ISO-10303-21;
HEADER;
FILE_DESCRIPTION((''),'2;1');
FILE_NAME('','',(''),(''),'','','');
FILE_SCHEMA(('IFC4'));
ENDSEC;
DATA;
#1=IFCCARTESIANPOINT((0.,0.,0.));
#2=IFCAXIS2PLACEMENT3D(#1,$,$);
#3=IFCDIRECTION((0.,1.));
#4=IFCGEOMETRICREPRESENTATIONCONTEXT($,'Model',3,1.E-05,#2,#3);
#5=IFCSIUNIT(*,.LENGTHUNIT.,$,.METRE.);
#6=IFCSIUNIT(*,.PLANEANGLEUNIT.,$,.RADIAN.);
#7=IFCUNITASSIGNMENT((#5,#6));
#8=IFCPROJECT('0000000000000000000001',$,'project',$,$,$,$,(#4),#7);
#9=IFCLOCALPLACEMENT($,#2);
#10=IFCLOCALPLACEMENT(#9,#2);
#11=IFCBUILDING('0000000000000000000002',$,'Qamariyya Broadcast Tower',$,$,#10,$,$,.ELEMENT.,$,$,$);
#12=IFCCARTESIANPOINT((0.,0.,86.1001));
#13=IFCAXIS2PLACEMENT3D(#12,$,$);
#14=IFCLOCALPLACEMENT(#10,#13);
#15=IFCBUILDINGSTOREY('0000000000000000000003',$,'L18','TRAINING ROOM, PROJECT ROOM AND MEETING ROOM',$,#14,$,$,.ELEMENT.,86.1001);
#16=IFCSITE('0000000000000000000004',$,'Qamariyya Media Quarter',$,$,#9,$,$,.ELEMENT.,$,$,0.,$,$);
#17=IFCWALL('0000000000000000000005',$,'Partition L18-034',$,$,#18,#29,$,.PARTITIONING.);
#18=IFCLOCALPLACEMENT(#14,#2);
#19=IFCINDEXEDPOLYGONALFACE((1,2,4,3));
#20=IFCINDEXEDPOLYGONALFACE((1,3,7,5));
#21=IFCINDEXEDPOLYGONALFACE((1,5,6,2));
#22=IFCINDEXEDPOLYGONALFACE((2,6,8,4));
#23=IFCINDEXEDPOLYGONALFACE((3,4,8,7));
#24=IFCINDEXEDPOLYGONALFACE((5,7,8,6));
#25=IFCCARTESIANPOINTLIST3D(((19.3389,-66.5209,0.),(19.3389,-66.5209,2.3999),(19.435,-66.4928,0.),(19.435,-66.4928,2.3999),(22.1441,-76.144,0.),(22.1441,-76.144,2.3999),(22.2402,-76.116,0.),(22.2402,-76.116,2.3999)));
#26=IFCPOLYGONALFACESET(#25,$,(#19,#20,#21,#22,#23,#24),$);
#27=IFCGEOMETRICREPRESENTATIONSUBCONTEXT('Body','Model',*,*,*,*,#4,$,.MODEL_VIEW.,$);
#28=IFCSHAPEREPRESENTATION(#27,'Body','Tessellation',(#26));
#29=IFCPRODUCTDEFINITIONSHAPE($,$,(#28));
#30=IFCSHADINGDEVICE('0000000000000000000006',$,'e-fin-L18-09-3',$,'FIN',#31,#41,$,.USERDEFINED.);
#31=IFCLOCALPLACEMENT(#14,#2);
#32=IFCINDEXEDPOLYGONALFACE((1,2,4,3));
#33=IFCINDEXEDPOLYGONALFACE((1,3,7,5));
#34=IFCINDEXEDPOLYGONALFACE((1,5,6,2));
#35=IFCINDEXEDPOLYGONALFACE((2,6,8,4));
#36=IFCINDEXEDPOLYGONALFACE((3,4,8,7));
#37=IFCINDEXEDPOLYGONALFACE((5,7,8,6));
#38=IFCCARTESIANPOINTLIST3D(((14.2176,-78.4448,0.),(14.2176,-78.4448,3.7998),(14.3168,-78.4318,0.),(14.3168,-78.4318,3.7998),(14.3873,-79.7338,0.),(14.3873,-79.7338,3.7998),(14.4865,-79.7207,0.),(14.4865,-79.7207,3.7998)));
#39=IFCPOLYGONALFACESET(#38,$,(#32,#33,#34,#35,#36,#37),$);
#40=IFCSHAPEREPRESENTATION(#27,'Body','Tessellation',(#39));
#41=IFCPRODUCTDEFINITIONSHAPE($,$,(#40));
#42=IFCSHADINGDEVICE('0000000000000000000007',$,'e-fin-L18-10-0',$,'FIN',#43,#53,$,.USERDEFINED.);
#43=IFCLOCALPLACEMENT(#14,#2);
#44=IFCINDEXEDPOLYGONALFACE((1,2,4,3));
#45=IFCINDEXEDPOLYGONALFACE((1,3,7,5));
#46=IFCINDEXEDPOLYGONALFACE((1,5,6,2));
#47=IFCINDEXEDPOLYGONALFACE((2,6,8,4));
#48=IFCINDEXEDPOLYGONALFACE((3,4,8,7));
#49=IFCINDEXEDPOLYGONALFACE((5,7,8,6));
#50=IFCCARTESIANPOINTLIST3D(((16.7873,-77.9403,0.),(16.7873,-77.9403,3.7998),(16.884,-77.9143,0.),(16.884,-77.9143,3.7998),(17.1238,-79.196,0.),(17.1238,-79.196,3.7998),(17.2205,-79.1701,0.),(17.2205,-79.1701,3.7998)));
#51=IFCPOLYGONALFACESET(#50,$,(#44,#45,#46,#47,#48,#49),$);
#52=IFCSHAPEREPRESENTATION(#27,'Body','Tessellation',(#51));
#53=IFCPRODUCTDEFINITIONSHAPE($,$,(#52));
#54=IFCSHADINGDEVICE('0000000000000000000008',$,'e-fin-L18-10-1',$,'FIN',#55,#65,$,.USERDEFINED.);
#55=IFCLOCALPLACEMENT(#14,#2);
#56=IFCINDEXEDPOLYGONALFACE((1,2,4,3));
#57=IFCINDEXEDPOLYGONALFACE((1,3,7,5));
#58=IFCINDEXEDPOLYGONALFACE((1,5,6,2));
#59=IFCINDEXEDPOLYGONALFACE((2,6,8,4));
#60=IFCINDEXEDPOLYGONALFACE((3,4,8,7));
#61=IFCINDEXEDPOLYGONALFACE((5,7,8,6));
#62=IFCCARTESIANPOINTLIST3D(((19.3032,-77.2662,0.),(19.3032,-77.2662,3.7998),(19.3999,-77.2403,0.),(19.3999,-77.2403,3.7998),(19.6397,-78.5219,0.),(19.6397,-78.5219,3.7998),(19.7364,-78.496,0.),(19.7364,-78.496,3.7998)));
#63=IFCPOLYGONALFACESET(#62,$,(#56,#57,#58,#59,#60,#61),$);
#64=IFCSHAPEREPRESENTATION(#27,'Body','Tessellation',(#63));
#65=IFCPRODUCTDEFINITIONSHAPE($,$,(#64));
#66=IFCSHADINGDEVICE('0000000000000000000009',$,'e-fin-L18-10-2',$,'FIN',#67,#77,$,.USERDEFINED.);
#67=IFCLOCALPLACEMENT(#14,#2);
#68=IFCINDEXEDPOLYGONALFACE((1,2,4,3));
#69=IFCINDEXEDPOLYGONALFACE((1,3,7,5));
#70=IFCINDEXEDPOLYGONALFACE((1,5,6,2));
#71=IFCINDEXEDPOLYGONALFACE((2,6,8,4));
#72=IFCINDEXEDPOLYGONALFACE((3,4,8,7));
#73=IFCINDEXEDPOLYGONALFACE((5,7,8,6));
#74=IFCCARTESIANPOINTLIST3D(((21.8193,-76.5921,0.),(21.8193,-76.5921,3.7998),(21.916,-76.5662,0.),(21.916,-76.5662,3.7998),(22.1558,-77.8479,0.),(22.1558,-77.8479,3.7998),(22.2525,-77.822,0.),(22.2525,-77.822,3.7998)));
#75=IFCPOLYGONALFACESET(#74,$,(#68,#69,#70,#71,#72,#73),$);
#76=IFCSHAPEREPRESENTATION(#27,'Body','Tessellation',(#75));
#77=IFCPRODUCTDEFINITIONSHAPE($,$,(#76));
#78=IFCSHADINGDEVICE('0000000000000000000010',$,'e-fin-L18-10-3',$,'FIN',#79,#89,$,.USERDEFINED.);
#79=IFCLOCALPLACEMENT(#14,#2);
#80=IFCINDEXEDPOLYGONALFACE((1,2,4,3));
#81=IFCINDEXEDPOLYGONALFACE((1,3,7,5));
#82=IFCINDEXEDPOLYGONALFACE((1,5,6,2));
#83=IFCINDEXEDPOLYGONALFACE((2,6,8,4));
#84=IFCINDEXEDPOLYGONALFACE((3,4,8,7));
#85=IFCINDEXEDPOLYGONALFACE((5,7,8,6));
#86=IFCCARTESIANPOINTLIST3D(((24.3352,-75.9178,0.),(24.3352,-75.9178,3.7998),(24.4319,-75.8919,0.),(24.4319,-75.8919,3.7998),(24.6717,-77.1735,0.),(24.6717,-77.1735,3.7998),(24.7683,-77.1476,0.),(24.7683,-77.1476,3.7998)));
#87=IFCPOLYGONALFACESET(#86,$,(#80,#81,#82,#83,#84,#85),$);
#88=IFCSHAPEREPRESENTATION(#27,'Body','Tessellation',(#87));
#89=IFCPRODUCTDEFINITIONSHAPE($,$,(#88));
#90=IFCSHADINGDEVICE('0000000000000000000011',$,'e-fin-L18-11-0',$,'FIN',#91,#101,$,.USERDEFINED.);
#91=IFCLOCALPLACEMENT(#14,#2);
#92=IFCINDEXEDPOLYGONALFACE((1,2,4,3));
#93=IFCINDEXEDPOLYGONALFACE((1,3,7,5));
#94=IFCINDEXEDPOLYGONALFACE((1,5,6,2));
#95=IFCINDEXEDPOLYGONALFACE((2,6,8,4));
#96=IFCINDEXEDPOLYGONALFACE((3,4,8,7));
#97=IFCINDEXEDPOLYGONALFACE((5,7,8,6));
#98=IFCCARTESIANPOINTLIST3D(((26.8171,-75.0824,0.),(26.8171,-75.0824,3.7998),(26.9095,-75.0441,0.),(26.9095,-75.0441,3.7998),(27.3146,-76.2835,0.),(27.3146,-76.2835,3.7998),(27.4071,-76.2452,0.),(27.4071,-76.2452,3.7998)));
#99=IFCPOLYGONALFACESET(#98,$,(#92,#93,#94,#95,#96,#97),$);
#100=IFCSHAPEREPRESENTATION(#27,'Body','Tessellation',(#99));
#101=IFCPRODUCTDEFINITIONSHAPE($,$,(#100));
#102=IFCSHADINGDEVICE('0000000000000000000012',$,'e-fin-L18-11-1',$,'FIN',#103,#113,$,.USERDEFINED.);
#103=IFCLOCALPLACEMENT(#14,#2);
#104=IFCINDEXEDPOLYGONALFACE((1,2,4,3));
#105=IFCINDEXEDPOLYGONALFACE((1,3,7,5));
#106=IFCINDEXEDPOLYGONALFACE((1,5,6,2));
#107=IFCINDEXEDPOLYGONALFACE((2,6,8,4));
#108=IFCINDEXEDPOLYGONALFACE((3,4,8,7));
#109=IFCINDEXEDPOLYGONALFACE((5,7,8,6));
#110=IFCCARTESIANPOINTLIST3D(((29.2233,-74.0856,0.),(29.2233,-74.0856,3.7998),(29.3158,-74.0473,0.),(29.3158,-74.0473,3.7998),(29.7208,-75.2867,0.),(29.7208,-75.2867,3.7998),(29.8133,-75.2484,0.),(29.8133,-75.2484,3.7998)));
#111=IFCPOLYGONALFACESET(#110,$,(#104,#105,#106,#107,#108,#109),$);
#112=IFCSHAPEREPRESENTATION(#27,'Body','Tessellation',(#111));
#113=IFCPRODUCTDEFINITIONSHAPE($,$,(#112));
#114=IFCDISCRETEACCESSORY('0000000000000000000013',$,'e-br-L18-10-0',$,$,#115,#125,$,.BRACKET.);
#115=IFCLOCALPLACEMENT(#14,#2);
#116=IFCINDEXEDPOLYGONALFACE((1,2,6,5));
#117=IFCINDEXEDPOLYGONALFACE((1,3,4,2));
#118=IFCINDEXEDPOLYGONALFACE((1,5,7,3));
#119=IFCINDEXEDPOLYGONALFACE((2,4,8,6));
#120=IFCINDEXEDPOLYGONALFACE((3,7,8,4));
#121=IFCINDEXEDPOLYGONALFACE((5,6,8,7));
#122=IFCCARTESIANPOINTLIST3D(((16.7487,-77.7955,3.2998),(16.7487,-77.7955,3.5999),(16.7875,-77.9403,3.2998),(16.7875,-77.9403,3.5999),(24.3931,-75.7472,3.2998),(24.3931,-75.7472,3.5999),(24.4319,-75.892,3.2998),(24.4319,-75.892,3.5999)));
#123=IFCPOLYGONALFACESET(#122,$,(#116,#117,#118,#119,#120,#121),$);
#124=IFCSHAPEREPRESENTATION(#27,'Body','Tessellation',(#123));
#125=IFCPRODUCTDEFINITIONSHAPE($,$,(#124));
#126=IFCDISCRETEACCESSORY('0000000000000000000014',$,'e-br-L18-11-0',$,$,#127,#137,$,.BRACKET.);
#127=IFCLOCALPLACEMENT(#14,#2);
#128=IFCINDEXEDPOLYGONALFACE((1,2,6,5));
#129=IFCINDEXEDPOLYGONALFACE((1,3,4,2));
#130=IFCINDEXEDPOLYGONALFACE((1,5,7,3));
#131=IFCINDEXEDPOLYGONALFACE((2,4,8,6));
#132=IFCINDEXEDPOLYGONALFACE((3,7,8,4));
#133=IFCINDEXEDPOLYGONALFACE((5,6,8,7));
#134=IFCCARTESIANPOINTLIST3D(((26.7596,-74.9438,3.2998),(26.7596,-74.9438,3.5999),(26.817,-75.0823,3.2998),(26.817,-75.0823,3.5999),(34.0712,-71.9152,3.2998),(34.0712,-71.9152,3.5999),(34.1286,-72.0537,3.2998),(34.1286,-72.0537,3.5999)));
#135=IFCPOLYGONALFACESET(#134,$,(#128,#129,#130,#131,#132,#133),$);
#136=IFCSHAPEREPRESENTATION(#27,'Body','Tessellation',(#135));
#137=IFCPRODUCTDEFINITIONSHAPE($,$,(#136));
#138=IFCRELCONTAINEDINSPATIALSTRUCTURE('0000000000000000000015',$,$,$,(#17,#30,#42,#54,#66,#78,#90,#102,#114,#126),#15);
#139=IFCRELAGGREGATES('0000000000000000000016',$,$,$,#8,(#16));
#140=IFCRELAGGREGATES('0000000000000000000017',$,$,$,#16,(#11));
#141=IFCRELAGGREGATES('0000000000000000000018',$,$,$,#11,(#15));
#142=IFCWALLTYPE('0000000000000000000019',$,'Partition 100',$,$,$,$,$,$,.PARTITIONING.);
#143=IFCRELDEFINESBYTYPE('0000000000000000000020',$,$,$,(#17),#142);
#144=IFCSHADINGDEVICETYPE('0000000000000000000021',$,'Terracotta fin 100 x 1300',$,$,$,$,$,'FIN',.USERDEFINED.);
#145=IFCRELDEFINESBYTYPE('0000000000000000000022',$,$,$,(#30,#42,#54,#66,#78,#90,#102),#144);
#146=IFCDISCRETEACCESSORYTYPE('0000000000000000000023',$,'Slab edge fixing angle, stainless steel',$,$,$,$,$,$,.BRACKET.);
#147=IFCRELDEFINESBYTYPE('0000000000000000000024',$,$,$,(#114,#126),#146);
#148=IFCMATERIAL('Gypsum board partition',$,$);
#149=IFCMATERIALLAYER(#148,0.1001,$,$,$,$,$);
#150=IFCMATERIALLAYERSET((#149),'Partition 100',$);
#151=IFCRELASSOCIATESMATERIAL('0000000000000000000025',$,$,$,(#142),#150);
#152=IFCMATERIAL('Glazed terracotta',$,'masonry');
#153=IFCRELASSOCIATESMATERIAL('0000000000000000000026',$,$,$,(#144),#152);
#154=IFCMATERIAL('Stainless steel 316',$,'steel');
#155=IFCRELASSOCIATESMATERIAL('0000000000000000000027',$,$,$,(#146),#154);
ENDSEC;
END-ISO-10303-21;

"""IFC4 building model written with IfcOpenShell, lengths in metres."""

from ifc_helpers import new_model, si_unit, direction, frame, frame_2d, origin, origin_2d, place, context, subcontext, project, spatial, rectangle, extrude, material, layer, layer_set, material_profile, profile_set, type_object, element, save


model = new_model("IFC4")

# Units and contexts
model_context = context("Model", 3, precision=1e-05, world=origin(), true_north=direction((0.0, 1.0)))
body_context = subcontext(model_context, "Body", "Model", "MODEL_VIEW")
ifc_project = project(units=[si_unit("LENGTHUNIT", "METRE"), si_unit("PLANEANGLEUNIT", "RADIAN")], contexts=[model_context])

# Site, building, storey
site_placement = place(None, origin())
site = spatial("IfcSite", under=ifc_project, at=site_placement, Name="Qamariyya Media Quarter", CompositionType="ELEMENT", RefElevation=0.0)
building_placement = place(site_placement, origin())
building = spatial("IfcBuilding", under=site, at=building_placement, Name="Qamariyya Broadcast Tower", CompositionType="ELEMENT")
storey_placement = place(building_placement, frame((0.0, 0.0, 86.1001)))
storey = spatial("IfcBuildingStorey", under=building, at=storey_placement, Name="L18", Description="TRAINING ROOM, PROJECT ROOM AND MEETING ROOM", CompositionType="ELEMENT", Elevation=86.1001)

# Shared definitions
ifc_material_1 = material(Name="Gypsum board partition")

# Wall
ifc_layer_1 = layer(ifc_material_1, 0.1001)
ifc_layer_set_1 = layer_set([ifc_layer_1], Name="Partition 100")
wall_type_1 = type_object("IfcWallType", Name="Partition 100", PredefinedType="PARTITIONING", material=ifc_layer_set_1)
wall_1_placement = place(storey_placement, frame((22.1921, -76.1299, 0.0), z_axis=(0.0, 0.0, 1.0), x_axis=(-0.279858, 0.960041, 0.0)))
element("IfcWall", 1, at=wall_1_placement, inside=storey, type_object=wall_type_1, Name="Partition L18-034", PredefinedType="PARTITIONING", context=body_context, shape_type="SweptSolid", body=[
    extrude(rectangle(XDim=10.0237, YDim=0.1001, at=frame_2d((5.0117, 0.0))), origin(), (0.0, 0.0, 1.0), 2.3999),
])

# Shading devices
ifc_material_2 = material(Name="Glazed terracotta", Category="masonry")
ifc_material_profile_1 = material_profile(ifc_material_2, rectangle(XDim=1.3, YDim=0.1001, at=origin_2d()))
ifc_profile_set_1 = profile_set([ifc_material_profile_1], Name="Glazed terracotta")
shading_device_type_1 = type_object("IfcShadingDeviceType", Name="Terracotta fin 100 x 1300", ElementType="FIN", PredefinedType="USERDEFINED", material=ifc_profile_set_1)
for number, where, z_axis, x_axis, name in (
    (2, (14.3521, -79.0828, 0.0), (0.0, 0.0, 1.0), (0.130526, -0.991445, 0.0), "e-fin-L18-09-3"),
    (3, (17.0039, -78.5552, 0.0), (0.0, 0.0, 1.0), (0.258819, -0.965926, 0.0), "e-fin-L18-10-0"),
    (4, (19.5198, -77.8811, 0.0), (0.0, 0.0, 1.0), (0.258819, -0.965926, 0.0), "e-fin-L18-10-1"),
    (5, (22.0359, -77.207, 0.0), (0.0, 0.0, 1.0), (0.258819, -0.965926, 0.0), "e-fin-L18-10-2"),
    (6, (24.5518, -76.5327, 0.0), (0.0, 0.0, 1.0), (0.258819, -0.965926, 0.0), "e-fin-L18-10-3"),
    (7, (27.1121, -75.6638, 0.0), (0.0, 0.0, 1.0), (0.382683, -0.92388, 0.0), "e-fin-L18-11-0"),
    (8, (29.5183, -74.667, 0.0), (0.0, 0.0, 1.0), (0.382683, -0.92388, 0.0), "e-fin-L18-11-1"),
):
    element("IfcShadingDevice", number, at=place(storey_placement, frame(where, z_axis=z_axis, x_axis=x_axis)), inside=storey, type_object=shading_device_type_1, Name=name, ObjectType="FIN", PredefinedType="USERDEFINED", context=body_context, shape_type="SweptSolid", body=[
        extrude(rectangle(XDim=1.3, YDim=0.1001, at=origin_2d()), origin(), (0.0, 0.0, 1.0), 3.7998),
    ])

# Discrete accessories
ifc_material_3 = material(Name="Stainless steel 316", Category="steel")
discrete_accessory_type = type_object("IfcDiscreteAccessoryType", Name="Slab edge fixing angle, stainless steel", PredefinedType="BRACKET", material=ifc_material_3)
for number, where, z_axis, x_axis, name in (
    (9, (20.5903, -76.8438, 3.2998), (0.0, 0.0, 1.0), (0.965926, 0.258819, 0.0), "e-br-L18-10-0"),
    (10, (30.4441, -73.4988, 3.2998), (0.0, 0.0, 1.0), (0.92388, 0.382683, 0.0), "e-br-L18-11-0"),
):
    element("IfcDiscreteAccessory", number, at=place(storey_placement, frame(where, z_axis=z_axis, x_axis=x_axis)), inside=storey, type_object=discrete_accessory_type, Name=name, PredefinedType="BRACKET", context=body_context, shape_type="SweptSolid", body=[
        extrude(rectangle(XDim=7.9141, YDim=0.1499, at=origin_2d()), origin(), (0.0, 0.0, 1.0), 0.3),
    ])

save(model, "model.ifc")
